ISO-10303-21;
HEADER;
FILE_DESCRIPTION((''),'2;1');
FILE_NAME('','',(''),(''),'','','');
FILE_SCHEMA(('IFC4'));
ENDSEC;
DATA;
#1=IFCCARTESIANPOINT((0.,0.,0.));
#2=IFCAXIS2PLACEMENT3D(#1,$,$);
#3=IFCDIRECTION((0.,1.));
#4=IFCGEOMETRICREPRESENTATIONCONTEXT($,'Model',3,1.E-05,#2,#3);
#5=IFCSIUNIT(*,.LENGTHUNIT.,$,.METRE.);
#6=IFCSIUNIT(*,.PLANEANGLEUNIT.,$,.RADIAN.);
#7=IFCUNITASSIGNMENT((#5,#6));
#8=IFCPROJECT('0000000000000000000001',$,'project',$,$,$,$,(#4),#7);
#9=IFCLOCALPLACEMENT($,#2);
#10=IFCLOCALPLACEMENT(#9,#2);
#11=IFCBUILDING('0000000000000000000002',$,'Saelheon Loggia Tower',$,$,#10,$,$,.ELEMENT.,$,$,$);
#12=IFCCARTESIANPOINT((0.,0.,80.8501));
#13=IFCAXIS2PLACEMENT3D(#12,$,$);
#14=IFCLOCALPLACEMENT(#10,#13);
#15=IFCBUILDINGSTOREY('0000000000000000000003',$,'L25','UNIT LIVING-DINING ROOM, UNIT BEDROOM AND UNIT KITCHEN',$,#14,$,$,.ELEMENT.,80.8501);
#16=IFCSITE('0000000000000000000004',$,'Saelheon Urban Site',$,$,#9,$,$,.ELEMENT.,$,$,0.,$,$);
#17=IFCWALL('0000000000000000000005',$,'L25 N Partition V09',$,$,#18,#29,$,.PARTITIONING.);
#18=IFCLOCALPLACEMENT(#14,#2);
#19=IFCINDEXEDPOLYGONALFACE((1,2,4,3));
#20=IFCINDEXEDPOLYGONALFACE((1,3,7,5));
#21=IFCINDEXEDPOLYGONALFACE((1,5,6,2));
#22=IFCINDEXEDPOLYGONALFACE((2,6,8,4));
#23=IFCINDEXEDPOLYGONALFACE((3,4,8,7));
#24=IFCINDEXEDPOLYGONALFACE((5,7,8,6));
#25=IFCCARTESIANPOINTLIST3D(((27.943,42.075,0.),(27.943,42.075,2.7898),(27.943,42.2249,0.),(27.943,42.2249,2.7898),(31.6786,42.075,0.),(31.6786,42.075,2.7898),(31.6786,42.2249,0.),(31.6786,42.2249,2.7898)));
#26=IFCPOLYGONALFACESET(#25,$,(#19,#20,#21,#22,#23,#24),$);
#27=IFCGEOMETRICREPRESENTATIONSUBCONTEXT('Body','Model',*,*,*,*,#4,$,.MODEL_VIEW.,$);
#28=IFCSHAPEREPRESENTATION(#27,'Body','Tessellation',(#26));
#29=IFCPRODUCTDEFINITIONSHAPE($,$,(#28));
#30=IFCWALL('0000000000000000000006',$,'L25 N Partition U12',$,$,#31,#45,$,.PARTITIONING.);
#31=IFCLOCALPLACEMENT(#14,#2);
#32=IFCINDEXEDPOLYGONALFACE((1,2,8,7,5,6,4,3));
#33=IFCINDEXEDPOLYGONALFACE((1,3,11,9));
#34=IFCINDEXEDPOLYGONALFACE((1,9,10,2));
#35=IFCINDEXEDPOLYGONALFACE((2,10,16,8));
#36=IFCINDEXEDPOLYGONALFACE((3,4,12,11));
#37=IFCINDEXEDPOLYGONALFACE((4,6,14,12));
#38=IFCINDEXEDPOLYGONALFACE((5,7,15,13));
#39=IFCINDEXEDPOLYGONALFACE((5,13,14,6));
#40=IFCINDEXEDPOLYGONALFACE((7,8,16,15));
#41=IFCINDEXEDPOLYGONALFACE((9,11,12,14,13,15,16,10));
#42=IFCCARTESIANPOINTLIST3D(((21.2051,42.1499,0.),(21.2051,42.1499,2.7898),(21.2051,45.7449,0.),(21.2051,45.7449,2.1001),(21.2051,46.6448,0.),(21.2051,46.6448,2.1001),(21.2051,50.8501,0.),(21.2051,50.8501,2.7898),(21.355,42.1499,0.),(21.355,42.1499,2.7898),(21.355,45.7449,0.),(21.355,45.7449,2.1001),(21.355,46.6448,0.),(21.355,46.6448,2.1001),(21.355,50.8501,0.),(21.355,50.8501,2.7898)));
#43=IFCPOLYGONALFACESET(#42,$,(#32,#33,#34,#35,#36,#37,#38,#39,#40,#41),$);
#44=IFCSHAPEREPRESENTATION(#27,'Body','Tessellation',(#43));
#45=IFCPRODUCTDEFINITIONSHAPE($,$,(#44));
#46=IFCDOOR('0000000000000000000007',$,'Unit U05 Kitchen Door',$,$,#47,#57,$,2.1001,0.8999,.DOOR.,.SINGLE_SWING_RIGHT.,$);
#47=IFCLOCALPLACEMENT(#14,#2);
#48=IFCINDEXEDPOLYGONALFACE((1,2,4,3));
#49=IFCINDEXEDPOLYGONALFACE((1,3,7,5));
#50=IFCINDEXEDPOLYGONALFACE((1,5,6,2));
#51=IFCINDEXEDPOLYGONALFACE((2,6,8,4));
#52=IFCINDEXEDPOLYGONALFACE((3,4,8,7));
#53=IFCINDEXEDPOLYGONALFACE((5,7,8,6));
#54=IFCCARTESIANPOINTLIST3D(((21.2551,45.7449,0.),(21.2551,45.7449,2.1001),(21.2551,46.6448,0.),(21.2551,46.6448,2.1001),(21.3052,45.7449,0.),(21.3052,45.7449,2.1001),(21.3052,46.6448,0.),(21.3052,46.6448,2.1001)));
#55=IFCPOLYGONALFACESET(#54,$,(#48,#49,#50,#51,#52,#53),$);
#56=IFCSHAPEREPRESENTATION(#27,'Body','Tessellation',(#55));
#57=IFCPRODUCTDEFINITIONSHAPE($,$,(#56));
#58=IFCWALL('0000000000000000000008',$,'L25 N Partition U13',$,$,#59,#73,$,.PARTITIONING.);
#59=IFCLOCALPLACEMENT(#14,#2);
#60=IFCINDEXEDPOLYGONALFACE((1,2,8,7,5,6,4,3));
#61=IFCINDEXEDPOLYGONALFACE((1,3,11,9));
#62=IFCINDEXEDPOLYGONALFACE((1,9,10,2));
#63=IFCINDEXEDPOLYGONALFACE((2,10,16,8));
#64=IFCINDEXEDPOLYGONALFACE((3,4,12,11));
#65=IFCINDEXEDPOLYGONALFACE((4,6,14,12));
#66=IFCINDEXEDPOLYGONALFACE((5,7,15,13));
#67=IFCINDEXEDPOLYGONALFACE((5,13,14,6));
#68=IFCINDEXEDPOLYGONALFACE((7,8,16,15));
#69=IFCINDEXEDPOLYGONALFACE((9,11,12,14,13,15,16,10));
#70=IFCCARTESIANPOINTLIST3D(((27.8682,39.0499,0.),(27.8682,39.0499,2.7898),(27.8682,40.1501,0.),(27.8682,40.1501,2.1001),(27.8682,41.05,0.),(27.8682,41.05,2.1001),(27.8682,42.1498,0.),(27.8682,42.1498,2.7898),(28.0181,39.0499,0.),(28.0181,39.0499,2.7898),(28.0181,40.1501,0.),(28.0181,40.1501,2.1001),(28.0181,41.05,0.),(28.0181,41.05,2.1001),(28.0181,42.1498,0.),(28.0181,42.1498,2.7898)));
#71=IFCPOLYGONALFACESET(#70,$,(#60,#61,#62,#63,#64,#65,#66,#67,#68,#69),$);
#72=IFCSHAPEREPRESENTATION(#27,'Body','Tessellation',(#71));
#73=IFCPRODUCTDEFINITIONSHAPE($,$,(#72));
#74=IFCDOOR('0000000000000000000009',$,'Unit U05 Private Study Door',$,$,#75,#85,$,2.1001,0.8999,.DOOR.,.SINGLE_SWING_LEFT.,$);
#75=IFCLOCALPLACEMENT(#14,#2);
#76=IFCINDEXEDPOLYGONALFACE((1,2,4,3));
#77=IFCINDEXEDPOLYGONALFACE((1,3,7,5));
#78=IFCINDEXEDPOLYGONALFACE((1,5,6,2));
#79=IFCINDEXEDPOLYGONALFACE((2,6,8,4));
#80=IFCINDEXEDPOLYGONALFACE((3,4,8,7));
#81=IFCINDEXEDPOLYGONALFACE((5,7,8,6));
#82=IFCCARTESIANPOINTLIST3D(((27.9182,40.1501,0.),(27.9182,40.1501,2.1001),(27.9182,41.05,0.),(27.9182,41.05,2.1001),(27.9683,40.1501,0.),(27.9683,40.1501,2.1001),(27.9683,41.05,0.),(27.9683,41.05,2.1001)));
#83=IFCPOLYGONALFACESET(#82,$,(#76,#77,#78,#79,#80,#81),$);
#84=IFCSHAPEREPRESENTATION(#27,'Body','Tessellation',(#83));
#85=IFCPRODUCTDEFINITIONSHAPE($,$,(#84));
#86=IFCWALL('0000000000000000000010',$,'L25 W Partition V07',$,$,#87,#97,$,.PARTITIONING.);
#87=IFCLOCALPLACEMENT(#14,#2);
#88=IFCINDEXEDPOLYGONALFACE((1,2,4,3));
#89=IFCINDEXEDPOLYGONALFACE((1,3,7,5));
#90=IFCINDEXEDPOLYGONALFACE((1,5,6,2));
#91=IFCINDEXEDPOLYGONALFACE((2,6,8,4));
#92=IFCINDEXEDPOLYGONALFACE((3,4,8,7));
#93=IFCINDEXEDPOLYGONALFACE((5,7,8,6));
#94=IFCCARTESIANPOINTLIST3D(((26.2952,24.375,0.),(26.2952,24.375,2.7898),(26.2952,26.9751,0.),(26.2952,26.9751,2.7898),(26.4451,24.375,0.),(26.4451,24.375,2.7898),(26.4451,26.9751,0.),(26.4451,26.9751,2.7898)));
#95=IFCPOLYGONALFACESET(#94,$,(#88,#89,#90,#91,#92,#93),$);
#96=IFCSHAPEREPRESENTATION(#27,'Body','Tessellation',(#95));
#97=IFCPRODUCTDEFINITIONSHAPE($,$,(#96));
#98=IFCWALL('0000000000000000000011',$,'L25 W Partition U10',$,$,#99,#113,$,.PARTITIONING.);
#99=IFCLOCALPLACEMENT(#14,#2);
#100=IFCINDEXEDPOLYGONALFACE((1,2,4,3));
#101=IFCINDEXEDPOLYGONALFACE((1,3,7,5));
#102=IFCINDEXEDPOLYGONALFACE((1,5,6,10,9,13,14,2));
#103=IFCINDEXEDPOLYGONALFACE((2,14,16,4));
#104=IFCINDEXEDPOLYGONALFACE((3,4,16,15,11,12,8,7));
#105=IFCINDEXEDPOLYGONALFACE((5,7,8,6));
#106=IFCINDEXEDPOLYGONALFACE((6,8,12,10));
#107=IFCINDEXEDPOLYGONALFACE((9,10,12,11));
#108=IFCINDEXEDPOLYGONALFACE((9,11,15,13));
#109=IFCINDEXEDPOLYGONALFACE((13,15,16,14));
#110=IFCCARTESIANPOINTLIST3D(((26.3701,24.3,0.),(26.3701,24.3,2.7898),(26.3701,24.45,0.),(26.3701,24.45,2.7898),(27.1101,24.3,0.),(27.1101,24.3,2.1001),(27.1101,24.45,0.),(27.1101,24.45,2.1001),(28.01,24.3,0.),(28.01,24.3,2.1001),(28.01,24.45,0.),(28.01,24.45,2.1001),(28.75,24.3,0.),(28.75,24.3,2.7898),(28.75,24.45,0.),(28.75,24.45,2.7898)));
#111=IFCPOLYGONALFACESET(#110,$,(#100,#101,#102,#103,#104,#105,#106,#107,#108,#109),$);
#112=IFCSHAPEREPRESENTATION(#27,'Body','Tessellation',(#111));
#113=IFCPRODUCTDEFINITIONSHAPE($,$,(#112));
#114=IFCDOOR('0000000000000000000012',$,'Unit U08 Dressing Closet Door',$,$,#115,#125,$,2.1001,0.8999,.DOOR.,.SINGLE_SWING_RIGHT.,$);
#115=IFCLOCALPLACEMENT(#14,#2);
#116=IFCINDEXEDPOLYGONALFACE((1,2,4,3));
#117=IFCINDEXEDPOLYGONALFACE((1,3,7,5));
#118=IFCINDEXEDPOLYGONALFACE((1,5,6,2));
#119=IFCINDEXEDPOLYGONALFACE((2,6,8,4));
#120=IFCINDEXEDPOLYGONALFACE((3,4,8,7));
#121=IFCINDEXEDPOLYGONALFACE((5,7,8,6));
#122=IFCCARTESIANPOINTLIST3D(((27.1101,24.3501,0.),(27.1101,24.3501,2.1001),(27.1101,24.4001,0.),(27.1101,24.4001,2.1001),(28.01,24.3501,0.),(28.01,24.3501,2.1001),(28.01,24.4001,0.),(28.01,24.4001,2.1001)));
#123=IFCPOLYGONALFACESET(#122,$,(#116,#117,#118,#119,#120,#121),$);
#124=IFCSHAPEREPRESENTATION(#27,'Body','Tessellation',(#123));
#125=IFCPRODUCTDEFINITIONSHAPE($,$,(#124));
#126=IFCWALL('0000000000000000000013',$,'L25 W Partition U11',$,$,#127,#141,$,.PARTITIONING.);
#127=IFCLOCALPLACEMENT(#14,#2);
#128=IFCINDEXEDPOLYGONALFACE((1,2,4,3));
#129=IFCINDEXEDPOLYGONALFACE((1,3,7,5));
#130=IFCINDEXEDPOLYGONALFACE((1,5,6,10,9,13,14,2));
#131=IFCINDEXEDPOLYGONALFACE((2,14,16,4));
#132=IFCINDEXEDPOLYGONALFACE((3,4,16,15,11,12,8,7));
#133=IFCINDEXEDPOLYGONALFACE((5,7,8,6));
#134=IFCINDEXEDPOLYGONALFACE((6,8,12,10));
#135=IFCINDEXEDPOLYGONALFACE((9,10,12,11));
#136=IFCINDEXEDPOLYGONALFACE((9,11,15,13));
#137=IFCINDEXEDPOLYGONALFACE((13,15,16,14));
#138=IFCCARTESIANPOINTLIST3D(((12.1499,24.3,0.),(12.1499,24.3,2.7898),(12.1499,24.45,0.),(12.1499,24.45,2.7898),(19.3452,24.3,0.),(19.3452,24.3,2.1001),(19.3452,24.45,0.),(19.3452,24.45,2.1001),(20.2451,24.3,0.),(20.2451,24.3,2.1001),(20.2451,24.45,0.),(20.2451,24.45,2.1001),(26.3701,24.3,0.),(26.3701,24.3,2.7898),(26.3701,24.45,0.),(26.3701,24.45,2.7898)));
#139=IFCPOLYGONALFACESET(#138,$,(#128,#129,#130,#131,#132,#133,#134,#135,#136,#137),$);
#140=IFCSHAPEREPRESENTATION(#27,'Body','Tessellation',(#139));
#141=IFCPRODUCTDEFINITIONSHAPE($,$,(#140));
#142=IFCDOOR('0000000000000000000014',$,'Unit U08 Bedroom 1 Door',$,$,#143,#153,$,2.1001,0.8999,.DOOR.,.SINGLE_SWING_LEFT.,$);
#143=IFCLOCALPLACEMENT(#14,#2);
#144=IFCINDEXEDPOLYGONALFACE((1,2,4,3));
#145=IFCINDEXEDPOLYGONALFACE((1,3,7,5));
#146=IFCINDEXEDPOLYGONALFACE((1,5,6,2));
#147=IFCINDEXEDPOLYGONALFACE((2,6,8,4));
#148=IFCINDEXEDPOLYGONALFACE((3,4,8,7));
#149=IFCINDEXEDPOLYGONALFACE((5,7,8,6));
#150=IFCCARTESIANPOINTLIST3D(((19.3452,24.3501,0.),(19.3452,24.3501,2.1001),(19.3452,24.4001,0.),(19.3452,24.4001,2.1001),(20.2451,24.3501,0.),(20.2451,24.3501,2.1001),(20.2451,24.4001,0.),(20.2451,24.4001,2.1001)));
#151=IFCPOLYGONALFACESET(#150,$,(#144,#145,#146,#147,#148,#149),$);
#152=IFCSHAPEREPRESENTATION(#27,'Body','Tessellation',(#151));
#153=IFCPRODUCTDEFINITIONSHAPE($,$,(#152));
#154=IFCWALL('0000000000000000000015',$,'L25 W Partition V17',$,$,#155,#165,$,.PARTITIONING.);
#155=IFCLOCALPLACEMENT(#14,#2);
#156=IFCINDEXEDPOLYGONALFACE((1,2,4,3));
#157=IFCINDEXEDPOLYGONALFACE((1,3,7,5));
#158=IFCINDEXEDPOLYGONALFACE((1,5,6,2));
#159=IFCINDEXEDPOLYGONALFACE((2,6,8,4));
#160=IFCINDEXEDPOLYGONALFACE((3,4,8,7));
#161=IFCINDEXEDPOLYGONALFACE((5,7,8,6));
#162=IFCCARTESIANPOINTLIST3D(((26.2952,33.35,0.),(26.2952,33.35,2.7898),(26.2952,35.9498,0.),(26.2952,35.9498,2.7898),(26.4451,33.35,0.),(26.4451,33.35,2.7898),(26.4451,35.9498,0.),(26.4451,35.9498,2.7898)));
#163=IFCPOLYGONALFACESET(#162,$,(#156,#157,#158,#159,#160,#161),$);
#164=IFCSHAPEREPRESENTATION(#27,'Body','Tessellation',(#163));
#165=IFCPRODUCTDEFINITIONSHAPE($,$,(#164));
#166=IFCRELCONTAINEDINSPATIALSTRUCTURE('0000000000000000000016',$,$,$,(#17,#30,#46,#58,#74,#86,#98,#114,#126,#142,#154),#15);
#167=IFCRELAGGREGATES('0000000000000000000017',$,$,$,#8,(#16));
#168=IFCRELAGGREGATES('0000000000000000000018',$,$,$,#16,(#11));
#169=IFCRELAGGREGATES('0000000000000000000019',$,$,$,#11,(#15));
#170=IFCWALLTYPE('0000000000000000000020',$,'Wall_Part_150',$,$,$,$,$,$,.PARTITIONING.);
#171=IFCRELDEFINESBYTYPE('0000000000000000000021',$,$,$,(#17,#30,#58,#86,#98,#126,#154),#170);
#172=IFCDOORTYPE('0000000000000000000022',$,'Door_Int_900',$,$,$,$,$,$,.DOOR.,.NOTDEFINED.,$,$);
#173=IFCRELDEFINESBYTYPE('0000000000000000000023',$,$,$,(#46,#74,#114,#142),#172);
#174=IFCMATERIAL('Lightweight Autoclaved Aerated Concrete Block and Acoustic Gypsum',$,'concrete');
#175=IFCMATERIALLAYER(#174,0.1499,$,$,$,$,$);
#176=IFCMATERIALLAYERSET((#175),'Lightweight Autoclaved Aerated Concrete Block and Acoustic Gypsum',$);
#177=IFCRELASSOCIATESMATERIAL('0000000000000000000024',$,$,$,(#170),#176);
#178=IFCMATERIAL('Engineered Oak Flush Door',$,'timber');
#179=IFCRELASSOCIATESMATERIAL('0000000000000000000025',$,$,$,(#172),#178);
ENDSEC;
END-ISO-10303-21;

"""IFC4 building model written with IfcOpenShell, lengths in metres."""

from ifc_helpers import new_model, si_unit, direction, frame, frame_2d, origin, place, context, subcontext, project, spatial, rectangle, extrude, source, transform, mapped, material, layer, layer_set, type_object, element, fill, save


model = new_model("IFC4")

# Units and contexts
model_context = context("Model", 3, precision=1e-05, world=origin(), true_north=direction((0.0, 1.0)))
body_context = subcontext(model_context, "Body", "Model", "MODEL_VIEW")
ifc_project = project(units=[si_unit("LENGTHUNIT", "METRE"), si_unit("PLANEANGLEUNIT", "RADIAN")], contexts=[model_context])

# Site, building, storey
site_placement = place(None, origin())
site = spatial("IfcSite", under=ifc_project, at=site_placement, Name="Saelheon Urban Site", CompositionType="ELEMENT", RefElevation=0.0)
building_placement = place(site_placement, origin())
building = spatial("IfcBuilding", under=site, at=building_placement, Name="Saelheon Loggia Tower", CompositionType="ELEMENT")
storey_placement = place(building_placement, frame((0.0, 0.0, 80.8501)))
storey = spatial("IfcBuildingStorey", under=building, at=storey_placement, Name="L25", Description="UNIT LIVING-DINING ROOM, UNIT BEDROOM AND UNIT KITCHEN", CompositionType="ELEMENT", Elevation=80.8501)

# Wall
ifc_material_1 = material(Name="Lightweight Autoclaved Aerated Concrete Block and Acoustic Gypsum", Category="concrete")
ifc_layer_1 = layer(ifc_material_1, 0.1499)
ifc_layer_set_1 = layer_set([ifc_layer_1], Name="Lightweight Autoclaved Aerated Concrete Block and Acoustic Gypsum")
wall_type_1 = type_object("IfcWallType", Name="Wall_Part_150", PredefinedType="PARTITIONING", material=ifc_layer_set_1)
wall_1_placement = place(storey_placement, frame((27.9431, 42.1499, 0.0), z_axis=(0.0, 0.0, 1.0), x_axis=(1.0, 0.0, 0.0)))
element("IfcWall", 1, at=wall_1_placement, inside=storey, type_object=wall_type_1, Name="L25 N Partition V09", PredefinedType="PARTITIONING", context=body_context, shape_type="SweptSolid", body=[
    extrude(rectangle(XDim=3.7356, YDim=0.1499, at=frame_2d((1.8677, 0.0))), origin(), (0.0, 0.0, 1.0), 2.7898),
])

# Walls, openings, doors
wall_2_placement = place(storey_placement, frame((21.28, 42.1499, 0.0), z_axis=(0.0, 0.0, 1.0), x_axis=(0.0, 1.0, 0.0)))
wall_2 = element("IfcWall", 2, at=wall_2_placement, inside=storey, type_object=wall_type_1, Name="L25 N Partition U12", PredefinedType="PARTITIONING", context=body_context, shape_type="SweptSolid", body=[
    extrude(rectangle(XDim=8.7002, YDim=0.1499, at=frame_2d((4.3501, 0.0))), origin(), (0.0, 0.0, 1.0), 2.7898),
])
opening_1_placement = place(wall_2_placement, frame((3.595, 0.0, 0.0)))
opening_1 = element("IfcOpeningElement", 3, at=opening_1_placement, cuts=wall_2, PredefinedType="OPENING", context=body_context, shape_type="SweptSolid", body=[
    extrude(rectangle(XDim=0.8999, YDim=2.1001, at=frame_2d((0.45, 1.05))), frame((0.0, 0.0869, 0.0), z_axis=(0.0, -1.0, 0.0), x_axis=(1.0, 0.0, 0.0)), (0.0, 0.0, 1.0), 0.1738),
])
ifc_material_2 = material(Name="Engineered Oak Flush Door", Category="timber")
door_type = type_object("IfcDoorType", Name="Door_Int_900", OperationType="NOTDEFINED", PredefinedType="DOOR", material=ifc_material_2)
shared_shape = source(origin(), body_context, "Body", "SweptSolid", [
    extrude(rectangle(XDim=0.8999, YDim=2.1001, at=frame_2d((0.45, 1.05))), frame((0.0, 0.0249, 0.0), z_axis=(0.0, -1.0, 0.0), x_axis=(1.0, 0.0, 0.0)), (0.0, 0.0, 1.0), 0.05),
])
door_1_placement = place(opening_1_placement, origin())
door_1 = element("IfcDoor", 4, at=door_1_placement, inside=storey, type_object=door_type, Name="Unit U05 Kitchen Door", OperationType="SINGLE_SWING_RIGHT", OverallHeight=2.1001, OverallWidth=0.8999, PredefinedType="DOOR", context=body_context, shape_type="MappedRepresentation", body=[
    mapped(shared_shape, transform((0.0, 0.0, 0.0), scale=1.0)),
])
fill(opening_1, door_1)
wall_3_placement = place(storey_placement, frame((27.9431, 39.05, 0.0), z_axis=(0.0, 0.0, 1.0), x_axis=(0.0, 1.0, 0.0)))
wall_3 = element("IfcWall", 5, at=wall_3_placement, inside=storey, type_object=wall_type_1, Name="L25 N Partition U13", PredefinedType="PARTITIONING", context=body_context, shape_type="SweptSolid", body=[
    extrude(rectangle(XDim=3.0999, YDim=0.1499, at=frame_2d((1.5498, 0.0))), origin(), (0.0, 0.0, 1.0), 2.7898),
])
opening_2_placement = place(wall_3_placement, frame((1.1001, 0.0, 0.0)))
opening_2 = element("IfcOpeningElement", 6, at=opening_2_placement, cuts=wall_3, PredefinedType="OPENING", context=body_context, shape_type="SweptSolid", body=[
    extrude(rectangle(XDim=0.8999, YDim=2.1001, at=frame_2d((0.45, 1.05))), frame((0.0, 0.0869, 0.0), z_axis=(0.0, -1.0, 0.0), x_axis=(1.0, 0.0, 0.0)), (0.0, 0.0, 1.0), 0.1738),
])
door_2_placement = place(opening_2_placement, origin())
door_2 = element("IfcDoor", 7, at=door_2_placement, inside=storey, type_object=door_type, Name="Unit U05 Private Study Door", OperationType="SINGLE_SWING_LEFT", OverallHeight=2.1001, OverallWidth=0.8999, PredefinedType="DOOR", context=body_context, shape_type="MappedRepresentation", body=[
    mapped(shared_shape, transform((0.0, 0.0, 0.0), scale=1.0)),
])
fill(opening_2, door_2)

# Wall
wall_4_placement = place(storey_placement, frame((26.3701, 24.375, 0.0), z_axis=(0.0, 0.0, 1.0), x_axis=(0.0, 1.0, 0.0)))
element("IfcWall", 8, at=wall_4_placement, inside=storey, type_object=wall_type_1, Name="L25 W Partition V07", PredefinedType="PARTITIONING", context=body_context, shape_type="SweptSolid", body=[
    extrude(rectangle(XDim=2.6001, YDim=0.1499, at=frame_2d((1.3, 0.0))), origin(), (0.0, 0.0, 1.0), 2.7898),
])

# Walls, openings, doors
wall_5_placement = place(storey_placement, frame((28.75, 24.375, 0.0), z_axis=(0.0, 0.0, 1.0), x_axis=(-1.0, 0.0, 0.0)))
wall_5 = element("IfcWall", 9, at=wall_5_placement, inside=storey, type_object=wall_type_1, Name="L25 W Partition U10", PredefinedType="PARTITIONING", context=body_context, shape_type="SweptSolid", body=[
    extrude(rectangle(XDim=2.3799, YDim=0.1499, at=frame_2d((1.1899, 0.0))), origin(), (0.0, 0.0, 1.0), 2.7898),
])
opening_3_placement = place(wall_5_placement, frame((0.74, 0.0, 0.0)))
opening_3 = element("IfcOpeningElement", 10, at=opening_3_placement, cuts=wall_5, PredefinedType="OPENING", context=body_context, shape_type="SweptSolid", body=[
    extrude(rectangle(XDim=0.8999, YDim=2.1001, at=frame_2d((0.45, 1.05))), frame((0.0, 0.0869, 0.0), z_axis=(0.0, -1.0, 0.0), x_axis=(1.0, 0.0, 0.0)), (0.0, 0.0, 1.0), 0.1738),
])
door_3_placement = place(opening_3_placement, origin())
door_3 = element("IfcDoor", 11, at=door_3_placement, inside=storey, type_object=door_type, Name="Unit U08 Dressing Closet Door", OperationType="SINGLE_SWING_RIGHT", OverallHeight=2.1001, OverallWidth=0.8999, PredefinedType="DOOR", context=body_context, shape_type="MappedRepresentation", body=[
    mapped(shared_shape, transform((0.0, 0.0, 0.0), scale=1.0)),
])
fill(opening_3, door_3)
wall_6_placement = place(storey_placement, frame((26.3701, 24.375, 0.0), z_axis=(0.0, 0.0, 1.0), x_axis=(-1.0, 0.0, 0.0)))
wall_6 = element("IfcWall", 12, at=wall_6_placement, inside=storey, type_object=wall_type_1, Name="L25 W Partition U11", PredefinedType="PARTITIONING", context=body_context, shape_type="SweptSolid", body=[
    extrude(rectangle(XDim=14.2202, YDim=0.1499, at=frame_2d((7.1101, 0.0))), origin(), (0.0, 0.0, 1.0), 2.7898),
])
opening_4_placement = place(wall_6_placement, frame((6.125, 0.0, 0.0)))
opening_4 = element("IfcOpeningElement", 13, at=opening_4_placement, cuts=wall_6, PredefinedType="OPENING", context=body_context, shape_type="SweptSolid", body=[
    extrude(rectangle(XDim=0.8999, YDim=2.1001, at=frame_2d((0.45, 1.05))), frame((0.0, 0.0869, 0.0), z_axis=(0.0, -1.0, 0.0), x_axis=(1.0, 0.0, 0.0)), (0.0, 0.0, 1.0), 0.1738),
])
door_4_placement = place(opening_4_placement, origin())
door_4 = element("IfcDoor", 14, at=door_4_placement, inside=storey, type_object=door_type, Name="Unit U08 Bedroom 1 Door", OperationType="SINGLE_SWING_LEFT", OverallHeight=2.1001, OverallWidth=0.8999, PredefinedType="DOOR", context=body_context, shape_type="MappedRepresentation", body=[
    mapped(shared_shape, transform((0.0, 0.0, 0.0), scale=1.0)),
])
fill(opening_4, door_4)

# Wall
wall_7_placement = place(storey_placement, frame((26.3701, 33.3501, 0.0), z_axis=(0.0, 0.0, 1.0), x_axis=(0.0, 1.0, 0.0)))
element("IfcWall", 15, at=wall_7_placement, inside=storey, type_object=wall_type_1, Name="L25 W Partition V17", PredefinedType="PARTITIONING", context=body_context, shape_type="SweptSolid", body=[
    extrude(rectangle(XDim=2.5999, YDim=0.1499, at=frame_2d((1.2998, 0.0))), origin(), (0.0, 0.0, 1.0), 2.7898),
])

save(model, "model.ifc")
